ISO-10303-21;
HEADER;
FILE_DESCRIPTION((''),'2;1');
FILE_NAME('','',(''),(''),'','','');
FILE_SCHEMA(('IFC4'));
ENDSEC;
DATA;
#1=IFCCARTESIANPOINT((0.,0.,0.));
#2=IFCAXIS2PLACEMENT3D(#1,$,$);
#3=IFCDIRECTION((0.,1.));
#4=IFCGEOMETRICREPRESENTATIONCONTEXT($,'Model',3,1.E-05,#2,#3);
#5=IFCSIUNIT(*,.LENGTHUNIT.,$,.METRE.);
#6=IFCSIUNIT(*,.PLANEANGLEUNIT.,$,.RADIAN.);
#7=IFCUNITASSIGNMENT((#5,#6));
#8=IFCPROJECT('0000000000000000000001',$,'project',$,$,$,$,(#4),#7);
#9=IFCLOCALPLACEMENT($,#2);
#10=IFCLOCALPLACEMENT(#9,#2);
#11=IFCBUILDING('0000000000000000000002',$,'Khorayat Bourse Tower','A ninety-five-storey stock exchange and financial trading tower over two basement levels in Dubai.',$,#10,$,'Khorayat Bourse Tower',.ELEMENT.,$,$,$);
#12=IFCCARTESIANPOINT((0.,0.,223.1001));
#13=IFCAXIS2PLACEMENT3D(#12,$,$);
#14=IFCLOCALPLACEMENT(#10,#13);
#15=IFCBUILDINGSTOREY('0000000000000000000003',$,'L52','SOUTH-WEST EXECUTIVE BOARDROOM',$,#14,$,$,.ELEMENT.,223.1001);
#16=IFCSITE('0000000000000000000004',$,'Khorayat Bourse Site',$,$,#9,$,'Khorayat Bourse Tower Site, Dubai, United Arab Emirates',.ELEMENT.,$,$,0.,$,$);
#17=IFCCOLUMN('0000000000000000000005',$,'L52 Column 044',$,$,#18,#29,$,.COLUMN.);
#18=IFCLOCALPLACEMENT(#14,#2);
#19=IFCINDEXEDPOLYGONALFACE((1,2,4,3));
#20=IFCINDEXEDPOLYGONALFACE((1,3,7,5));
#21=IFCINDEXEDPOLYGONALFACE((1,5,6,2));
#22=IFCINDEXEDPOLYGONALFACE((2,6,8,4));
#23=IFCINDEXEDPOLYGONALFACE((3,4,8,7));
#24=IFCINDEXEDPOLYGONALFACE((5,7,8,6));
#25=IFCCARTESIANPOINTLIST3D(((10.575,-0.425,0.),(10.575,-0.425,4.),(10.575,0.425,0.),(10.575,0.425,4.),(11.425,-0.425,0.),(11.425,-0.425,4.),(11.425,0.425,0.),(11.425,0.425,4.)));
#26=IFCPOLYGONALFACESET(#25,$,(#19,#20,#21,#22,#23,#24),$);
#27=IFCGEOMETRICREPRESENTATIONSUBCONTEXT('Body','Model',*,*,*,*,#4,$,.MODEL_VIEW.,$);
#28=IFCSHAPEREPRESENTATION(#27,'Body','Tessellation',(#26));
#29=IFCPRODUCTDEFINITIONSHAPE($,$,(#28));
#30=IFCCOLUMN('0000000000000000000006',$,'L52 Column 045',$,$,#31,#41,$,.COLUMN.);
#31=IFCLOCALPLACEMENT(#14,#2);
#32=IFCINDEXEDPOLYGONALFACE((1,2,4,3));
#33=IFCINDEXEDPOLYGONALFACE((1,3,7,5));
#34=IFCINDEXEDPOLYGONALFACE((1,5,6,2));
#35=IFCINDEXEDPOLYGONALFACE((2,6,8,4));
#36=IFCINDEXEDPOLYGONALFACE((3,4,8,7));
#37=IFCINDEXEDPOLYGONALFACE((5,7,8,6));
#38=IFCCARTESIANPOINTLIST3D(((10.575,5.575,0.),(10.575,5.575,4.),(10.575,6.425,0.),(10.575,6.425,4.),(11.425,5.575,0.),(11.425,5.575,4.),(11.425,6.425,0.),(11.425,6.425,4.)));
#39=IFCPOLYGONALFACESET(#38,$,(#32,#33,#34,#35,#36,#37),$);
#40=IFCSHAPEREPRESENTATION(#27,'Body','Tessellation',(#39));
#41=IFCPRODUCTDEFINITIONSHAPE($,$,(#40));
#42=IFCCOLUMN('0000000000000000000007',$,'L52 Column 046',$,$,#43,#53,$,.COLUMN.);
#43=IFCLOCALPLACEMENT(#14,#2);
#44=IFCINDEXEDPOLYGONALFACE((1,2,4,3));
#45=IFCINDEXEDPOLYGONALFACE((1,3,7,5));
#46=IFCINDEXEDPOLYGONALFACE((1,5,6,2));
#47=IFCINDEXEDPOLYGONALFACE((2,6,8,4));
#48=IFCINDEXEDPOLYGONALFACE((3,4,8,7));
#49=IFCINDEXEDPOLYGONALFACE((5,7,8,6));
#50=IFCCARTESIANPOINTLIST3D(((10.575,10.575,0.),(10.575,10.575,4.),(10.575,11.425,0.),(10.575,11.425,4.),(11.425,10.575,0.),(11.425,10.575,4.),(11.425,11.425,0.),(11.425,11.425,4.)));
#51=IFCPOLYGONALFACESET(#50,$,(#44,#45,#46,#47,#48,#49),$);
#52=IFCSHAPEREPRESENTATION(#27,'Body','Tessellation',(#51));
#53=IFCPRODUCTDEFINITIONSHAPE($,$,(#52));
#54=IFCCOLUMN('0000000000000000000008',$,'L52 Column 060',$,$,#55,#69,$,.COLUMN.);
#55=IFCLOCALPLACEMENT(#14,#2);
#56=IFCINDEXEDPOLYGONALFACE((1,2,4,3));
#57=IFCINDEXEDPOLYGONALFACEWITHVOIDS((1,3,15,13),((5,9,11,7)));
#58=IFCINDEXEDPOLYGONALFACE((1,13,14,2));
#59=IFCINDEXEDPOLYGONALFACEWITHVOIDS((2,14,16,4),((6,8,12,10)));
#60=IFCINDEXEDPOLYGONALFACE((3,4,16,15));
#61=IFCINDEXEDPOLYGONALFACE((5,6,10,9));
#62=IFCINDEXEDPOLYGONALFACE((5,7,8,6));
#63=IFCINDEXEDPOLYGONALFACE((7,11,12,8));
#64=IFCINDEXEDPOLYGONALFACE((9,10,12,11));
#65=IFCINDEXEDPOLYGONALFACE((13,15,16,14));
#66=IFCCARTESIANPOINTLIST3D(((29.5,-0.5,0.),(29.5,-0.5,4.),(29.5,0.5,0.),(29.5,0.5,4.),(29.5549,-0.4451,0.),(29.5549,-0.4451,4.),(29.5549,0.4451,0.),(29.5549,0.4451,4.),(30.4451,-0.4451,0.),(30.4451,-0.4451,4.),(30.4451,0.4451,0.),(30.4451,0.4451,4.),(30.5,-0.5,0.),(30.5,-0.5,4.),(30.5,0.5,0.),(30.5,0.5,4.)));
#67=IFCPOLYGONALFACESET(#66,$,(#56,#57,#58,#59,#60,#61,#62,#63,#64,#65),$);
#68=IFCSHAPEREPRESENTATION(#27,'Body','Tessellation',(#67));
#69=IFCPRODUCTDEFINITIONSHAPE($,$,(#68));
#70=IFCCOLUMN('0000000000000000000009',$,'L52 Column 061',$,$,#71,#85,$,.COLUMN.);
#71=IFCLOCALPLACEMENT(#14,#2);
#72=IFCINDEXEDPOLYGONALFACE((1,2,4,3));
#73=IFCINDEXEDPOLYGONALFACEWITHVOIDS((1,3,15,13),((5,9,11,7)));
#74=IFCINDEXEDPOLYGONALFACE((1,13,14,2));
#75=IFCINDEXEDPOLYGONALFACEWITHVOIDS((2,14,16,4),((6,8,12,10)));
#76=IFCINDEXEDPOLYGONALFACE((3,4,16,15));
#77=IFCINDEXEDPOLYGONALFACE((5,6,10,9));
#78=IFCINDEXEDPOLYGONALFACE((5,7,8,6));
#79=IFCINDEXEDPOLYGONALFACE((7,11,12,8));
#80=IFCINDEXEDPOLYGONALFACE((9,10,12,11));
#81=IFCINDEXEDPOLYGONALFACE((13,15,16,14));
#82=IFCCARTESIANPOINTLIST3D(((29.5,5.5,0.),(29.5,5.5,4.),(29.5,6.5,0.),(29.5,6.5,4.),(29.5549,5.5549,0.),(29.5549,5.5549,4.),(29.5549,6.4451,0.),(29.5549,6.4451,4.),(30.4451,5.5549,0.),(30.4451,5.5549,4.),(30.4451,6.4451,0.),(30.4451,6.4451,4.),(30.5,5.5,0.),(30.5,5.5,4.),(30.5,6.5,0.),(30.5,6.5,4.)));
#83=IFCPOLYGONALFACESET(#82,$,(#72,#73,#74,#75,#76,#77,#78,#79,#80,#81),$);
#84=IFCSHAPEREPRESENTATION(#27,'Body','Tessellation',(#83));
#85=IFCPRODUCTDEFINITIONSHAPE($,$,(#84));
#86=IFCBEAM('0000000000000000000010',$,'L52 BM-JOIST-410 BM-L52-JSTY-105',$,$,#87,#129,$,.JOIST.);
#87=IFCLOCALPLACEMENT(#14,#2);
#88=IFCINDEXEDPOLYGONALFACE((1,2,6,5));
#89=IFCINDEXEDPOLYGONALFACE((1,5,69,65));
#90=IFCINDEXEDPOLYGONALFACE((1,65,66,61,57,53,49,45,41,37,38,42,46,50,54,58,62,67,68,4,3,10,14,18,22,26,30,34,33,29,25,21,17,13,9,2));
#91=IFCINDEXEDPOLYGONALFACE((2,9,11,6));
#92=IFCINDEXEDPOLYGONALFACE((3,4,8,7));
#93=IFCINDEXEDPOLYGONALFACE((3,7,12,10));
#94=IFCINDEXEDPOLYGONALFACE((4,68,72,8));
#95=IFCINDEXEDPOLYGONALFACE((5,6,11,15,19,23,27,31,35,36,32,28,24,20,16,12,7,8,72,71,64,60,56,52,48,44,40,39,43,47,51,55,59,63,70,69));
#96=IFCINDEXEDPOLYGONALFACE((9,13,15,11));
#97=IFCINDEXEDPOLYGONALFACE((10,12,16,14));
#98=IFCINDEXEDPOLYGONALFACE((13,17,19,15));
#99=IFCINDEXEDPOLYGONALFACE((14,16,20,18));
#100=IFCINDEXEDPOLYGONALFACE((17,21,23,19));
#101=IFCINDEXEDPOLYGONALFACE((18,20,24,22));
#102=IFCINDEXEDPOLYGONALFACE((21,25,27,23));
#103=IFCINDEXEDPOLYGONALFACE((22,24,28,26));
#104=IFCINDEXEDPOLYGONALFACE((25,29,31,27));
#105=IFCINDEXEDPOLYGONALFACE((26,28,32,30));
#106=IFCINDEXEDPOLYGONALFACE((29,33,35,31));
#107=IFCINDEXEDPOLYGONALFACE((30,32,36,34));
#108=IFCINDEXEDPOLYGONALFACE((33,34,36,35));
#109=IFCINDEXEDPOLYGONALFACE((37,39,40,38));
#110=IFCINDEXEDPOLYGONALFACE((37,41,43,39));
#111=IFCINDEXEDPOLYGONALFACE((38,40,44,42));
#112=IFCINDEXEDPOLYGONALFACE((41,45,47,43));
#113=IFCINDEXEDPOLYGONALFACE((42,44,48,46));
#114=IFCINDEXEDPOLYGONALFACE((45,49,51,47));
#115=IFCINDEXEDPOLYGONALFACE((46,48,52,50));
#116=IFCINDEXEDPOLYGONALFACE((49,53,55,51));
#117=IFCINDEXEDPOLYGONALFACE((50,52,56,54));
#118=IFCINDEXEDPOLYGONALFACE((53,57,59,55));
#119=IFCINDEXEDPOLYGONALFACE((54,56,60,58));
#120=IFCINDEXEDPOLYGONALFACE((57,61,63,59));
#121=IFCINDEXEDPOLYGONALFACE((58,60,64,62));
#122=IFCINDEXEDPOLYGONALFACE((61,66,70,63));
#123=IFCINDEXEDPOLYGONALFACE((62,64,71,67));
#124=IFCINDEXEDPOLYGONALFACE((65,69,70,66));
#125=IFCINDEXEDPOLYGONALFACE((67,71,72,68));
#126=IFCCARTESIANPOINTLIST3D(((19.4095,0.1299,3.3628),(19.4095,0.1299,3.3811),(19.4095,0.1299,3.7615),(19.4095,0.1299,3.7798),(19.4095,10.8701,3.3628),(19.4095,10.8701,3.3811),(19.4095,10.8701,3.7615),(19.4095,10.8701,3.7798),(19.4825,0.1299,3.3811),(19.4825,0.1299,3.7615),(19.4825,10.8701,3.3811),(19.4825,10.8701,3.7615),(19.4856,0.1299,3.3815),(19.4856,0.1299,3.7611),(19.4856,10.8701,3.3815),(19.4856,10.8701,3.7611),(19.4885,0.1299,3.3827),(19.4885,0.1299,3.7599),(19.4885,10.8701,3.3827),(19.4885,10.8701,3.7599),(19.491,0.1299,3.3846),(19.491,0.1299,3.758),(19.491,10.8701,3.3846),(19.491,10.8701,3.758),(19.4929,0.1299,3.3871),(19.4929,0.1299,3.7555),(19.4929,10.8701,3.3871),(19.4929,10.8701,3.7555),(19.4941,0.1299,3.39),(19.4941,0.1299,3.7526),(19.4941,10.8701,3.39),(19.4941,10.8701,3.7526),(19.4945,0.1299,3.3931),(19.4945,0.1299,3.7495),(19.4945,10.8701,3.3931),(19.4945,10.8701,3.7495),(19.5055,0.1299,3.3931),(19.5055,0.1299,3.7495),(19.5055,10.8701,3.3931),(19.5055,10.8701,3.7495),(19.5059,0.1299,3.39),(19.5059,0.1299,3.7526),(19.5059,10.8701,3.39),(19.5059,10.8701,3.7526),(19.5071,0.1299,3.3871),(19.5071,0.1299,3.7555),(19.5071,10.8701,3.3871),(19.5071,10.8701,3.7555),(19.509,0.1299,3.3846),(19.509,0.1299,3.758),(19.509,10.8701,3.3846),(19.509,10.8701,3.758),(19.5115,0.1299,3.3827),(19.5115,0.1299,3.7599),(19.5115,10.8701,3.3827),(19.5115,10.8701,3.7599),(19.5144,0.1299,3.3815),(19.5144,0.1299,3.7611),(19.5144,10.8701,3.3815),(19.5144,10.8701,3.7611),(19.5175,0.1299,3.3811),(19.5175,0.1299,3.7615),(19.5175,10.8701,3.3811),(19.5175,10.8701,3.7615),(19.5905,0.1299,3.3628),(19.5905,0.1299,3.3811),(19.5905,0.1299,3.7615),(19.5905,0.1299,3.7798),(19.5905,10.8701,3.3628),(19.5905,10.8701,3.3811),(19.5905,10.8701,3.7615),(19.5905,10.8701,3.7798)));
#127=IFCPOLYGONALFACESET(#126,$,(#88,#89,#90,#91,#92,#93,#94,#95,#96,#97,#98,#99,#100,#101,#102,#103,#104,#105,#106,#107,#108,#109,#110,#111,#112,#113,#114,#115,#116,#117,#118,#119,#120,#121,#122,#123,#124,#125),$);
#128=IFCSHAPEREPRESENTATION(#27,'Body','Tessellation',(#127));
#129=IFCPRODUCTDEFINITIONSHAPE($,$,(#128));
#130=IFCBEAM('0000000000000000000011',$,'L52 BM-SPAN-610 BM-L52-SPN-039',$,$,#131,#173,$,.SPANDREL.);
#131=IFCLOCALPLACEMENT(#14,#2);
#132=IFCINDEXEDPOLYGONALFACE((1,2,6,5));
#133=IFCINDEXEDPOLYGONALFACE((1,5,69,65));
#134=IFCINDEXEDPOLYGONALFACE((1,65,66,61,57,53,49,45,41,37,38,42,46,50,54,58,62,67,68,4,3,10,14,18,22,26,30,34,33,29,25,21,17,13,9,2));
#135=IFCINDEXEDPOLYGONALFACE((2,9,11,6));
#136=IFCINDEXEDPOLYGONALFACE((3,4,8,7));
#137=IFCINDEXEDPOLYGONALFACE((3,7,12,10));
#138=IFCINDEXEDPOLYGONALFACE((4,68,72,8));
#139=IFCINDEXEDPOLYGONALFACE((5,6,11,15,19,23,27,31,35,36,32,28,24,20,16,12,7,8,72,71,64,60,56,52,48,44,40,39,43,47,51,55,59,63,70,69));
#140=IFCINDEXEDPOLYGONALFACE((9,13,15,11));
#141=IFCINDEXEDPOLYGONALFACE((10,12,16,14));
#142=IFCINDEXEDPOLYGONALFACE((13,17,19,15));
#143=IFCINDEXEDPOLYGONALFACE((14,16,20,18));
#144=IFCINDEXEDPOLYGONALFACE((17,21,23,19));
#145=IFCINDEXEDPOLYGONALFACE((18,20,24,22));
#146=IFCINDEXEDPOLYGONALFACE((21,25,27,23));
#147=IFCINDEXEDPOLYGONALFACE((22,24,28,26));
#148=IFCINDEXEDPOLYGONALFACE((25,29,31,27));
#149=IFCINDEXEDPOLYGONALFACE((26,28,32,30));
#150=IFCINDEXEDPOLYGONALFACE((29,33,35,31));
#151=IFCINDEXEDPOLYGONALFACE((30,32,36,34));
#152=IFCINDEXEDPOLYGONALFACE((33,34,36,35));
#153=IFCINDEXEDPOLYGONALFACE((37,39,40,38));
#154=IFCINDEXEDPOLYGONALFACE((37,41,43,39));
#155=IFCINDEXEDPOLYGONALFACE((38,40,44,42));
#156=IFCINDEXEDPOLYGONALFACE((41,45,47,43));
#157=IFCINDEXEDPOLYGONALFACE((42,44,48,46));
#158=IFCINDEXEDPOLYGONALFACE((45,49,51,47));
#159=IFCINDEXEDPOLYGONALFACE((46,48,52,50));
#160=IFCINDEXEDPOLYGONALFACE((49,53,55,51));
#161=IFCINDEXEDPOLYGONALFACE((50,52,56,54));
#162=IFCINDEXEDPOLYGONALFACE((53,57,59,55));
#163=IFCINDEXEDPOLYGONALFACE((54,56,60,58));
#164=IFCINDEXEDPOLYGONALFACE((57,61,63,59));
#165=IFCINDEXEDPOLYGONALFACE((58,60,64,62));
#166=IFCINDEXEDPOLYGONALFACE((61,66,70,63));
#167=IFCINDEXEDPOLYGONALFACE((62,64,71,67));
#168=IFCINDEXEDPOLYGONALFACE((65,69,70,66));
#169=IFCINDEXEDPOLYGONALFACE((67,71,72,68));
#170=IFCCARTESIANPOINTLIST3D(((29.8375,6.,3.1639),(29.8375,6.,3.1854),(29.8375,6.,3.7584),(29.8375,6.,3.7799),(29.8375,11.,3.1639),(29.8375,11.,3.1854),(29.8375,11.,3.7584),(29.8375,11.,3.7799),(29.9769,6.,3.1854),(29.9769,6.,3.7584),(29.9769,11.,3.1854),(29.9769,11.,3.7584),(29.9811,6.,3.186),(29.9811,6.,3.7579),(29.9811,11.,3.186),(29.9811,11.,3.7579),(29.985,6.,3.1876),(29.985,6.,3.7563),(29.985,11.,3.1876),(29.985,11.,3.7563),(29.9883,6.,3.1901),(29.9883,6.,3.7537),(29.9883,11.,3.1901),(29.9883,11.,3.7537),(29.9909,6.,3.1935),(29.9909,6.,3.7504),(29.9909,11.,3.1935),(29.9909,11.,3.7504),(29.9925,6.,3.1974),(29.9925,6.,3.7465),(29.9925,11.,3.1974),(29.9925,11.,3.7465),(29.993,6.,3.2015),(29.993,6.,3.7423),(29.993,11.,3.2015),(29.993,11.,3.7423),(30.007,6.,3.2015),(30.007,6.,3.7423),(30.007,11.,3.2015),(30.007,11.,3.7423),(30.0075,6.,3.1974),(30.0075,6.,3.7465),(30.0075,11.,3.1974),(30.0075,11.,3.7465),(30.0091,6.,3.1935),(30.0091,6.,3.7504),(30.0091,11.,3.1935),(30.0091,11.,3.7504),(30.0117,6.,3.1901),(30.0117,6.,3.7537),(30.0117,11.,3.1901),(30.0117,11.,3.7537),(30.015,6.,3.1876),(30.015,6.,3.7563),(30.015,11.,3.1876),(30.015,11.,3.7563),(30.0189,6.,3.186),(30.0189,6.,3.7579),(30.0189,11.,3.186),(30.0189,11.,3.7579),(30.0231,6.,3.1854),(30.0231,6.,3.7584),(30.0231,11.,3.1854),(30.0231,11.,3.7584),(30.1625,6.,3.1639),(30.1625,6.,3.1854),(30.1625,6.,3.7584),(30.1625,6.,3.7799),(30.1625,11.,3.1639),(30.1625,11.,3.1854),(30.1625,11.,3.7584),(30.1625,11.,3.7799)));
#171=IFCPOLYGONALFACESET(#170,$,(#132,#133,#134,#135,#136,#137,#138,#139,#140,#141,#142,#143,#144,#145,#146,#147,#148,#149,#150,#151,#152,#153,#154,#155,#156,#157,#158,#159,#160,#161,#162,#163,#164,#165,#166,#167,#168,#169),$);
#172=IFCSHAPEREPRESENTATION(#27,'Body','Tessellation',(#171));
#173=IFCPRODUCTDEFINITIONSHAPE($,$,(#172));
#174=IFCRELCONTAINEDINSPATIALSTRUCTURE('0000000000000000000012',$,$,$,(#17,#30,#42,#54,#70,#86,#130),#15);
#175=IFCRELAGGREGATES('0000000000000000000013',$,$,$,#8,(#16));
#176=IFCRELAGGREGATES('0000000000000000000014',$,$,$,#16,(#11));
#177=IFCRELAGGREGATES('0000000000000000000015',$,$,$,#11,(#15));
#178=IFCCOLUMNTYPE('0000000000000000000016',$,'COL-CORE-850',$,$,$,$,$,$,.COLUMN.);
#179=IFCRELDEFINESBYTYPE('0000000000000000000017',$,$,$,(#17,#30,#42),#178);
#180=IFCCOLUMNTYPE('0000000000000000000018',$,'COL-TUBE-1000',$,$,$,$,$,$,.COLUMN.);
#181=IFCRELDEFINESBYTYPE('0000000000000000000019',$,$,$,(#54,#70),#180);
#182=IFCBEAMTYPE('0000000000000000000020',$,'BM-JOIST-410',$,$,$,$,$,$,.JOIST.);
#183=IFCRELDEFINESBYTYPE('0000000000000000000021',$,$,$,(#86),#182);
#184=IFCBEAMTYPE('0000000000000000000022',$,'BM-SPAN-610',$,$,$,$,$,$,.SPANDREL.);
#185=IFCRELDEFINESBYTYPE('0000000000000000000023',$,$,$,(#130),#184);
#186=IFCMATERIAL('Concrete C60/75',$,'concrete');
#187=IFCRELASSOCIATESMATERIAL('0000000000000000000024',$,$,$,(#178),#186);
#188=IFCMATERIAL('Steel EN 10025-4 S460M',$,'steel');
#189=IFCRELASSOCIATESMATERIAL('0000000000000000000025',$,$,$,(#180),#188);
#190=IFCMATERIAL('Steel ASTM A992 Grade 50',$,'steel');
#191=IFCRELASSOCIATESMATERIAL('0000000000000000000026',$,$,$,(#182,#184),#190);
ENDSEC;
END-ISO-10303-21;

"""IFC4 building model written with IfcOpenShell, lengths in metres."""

from ifc_helpers import new_model, si_unit, direction, frame, origin, origin_2d, place, context, subcontext, project, spatial, rectangle, hollow_rectangle, i_section, extrude, source, transform, mapped, material, material_profile, profile_set, type_object, element, save


model = new_model("IFC4")

# Units and contexts
model_context = context("Model", 3, precision=1e-05, world=origin(), true_north=direction((0.0, 1.0)))
body_context = subcontext(model_context, "Body", "Model", "MODEL_VIEW")
ifc_project = project(units=[si_unit("LENGTHUNIT", "METRE"), si_unit("PLANEANGLEUNIT", "RADIAN")], contexts=[model_context])

# Site, building, storey
site_placement = place(None, origin())
site = spatial("IfcSite", under=ifc_project, at=site_placement, Name="Khorayat Bourse Site", LongName="Khorayat Bourse Tower Site, Dubai, United Arab Emirates", CompositionType="ELEMENT", RefElevation=0.0)
building_placement = place(site_placement, origin())
building = spatial("IfcBuilding", under=site, at=building_placement, Name="Khorayat Bourse Tower", Description="A ninety-five-storey stock exchange and financial trading tower over two basement levels in Dubai.", LongName="Khorayat Bourse Tower", CompositionType="ELEMENT")
storey_placement = place(building_placement, frame((0.0, 0.0, 223.1001)))
storey = spatial("IfcBuildingStorey", under=building, at=storey_placement, Name="L52", Description="SOUTH-WEST EXECUTIVE BOARDROOM", CompositionType="ELEMENT", Elevation=223.1001)

# Columns
ifc_material_1 = material(Name="Concrete C60/75", Category="concrete")
ifc_material_profile_1 = material_profile(ifc_material_1, rectangle(XDim=0.8501, YDim=0.8501, at=origin_2d()), Name="RC 850x850")
ifc_profile_set_1 = profile_set([ifc_material_profile_1], Name="Concrete C60/75")
column_type_1 = type_object("IfcColumnType", Name="COL-CORE-850", PredefinedType="COLUMN", material=ifc_profile_set_1)
shared_shape_1 = source(origin(), body_context, "Body", "SweptSolid", [
    extrude(rectangle(XDim=0.8501, YDim=0.8501, at=origin_2d()), origin(), (0.0, 0.0, 1.0), 4.0),
])
for number, where, z_axis, x_axis, name in (
    (1, (11.0, 0.0, 0.0), (0.0, 0.0, 1.0), (1.0, 0.0, 0.0), "L52 Column 044"),
    (2, (11.0, 6.0, 0.0), (0.0, 0.0, 1.0), (1.0, 0.0, 0.0), "L52 Column 045"),
    (3, (11.0, 11.0, 0.0), (0.0, 0.0, 1.0), (1.0, 0.0, 0.0), "L52 Column 046"),
):
    element("IfcColumn", number, at=place(storey_placement, frame(where, z_axis=z_axis, x_axis=x_axis)), inside=storey, type_object=column_type_1, Name=name, PredefinedType="COLUMN", context=body_context, shape_type="MappedRepresentation", body=[
        mapped(shared_shape_1, transform((0.0, 0.0, 0.0), scale=1.0)),
    ])
ifc_material_2 = material(Name="Steel EN 10025-4 S460M", Category="steel")
ifc_material_profile_2 = material_profile(ifc_material_2, hollow_rectangle(XDim=1.0, YDim=1.0, WallThickness=0.0549, at=origin_2d()), Name="BOX 1000x1000x55")
ifc_profile_set_2 = profile_set([ifc_material_profile_2], Name="Steel EN 10025-4 S460M")
column_type_2 = type_object("IfcColumnType", Name="COL-TUBE-1000", PredefinedType="COLUMN", material=ifc_profile_set_2)
shared_shape_2 = source(origin(), body_context, "Body", "SweptSolid", [
    extrude(hollow_rectangle(XDim=1.0, YDim=1.0, WallThickness=0.0549, at=origin_2d()), origin(), (0.0, 0.0, 1.0), 4.0),
])
for number, where, z_axis, x_axis, name in (
    (4, (30.0, 0.0, 0.0), (0.0, 0.0, 1.0), (1.0, 0.0, 0.0), "L52 Column 060"),
    (5, (30.0, 6.0, 0.0), (0.0, 0.0, 1.0), (1.0, 0.0, 0.0), "L52 Column 061"),
):
    element("IfcColumn", number, at=place(storey_placement, frame(where, z_axis=z_axis, x_axis=x_axis)), inside=storey, type_object=column_type_2, Name=name, PredefinedType="COLUMN", context=body_context, shape_type="MappedRepresentation", body=[
        mapped(shared_shape_2, transform((0.0, 0.0, 0.0), scale=1.0)),
    ])

# Beams
ifc_material_3 = material(Name="Steel ASTM A992 Grade 50", Category="steel")
ifc_material_profile_3 = material_profile(ifc_material_3, i_section(OverallWidth=0.1809, OverallDepth=0.417, WebThickness=0.011, FlangeThickness=0.0183, FilletRadius=0.012, at=origin_2d()), Name="W410X85")
ifc_profile_set_3 = profile_set([ifc_material_profile_3], Name="Steel ASTM A992 Grade 50")
beam_type_1 = type_object("IfcBeamType", Name="BM-JOIST-410", PredefinedType="JOIST", material=ifc_profile_set_3)
shared_shape_3 = source(origin(), body_context, "Body", "SweptSolid", [
    extrude(i_section(OverallWidth=0.1809, OverallDepth=0.417, WebThickness=0.011, FlangeThickness=0.0183, FilletRadius=0.012, at=origin_2d()), origin(), (0.0, 0.0, 1.0), 10.7402),
])
beam_1_placement = place(storey_placement, frame((19.5, 0.1299, 3.5713), z_axis=(0.0, 1.0, 0.0), x_axis=(-1.0, 0.0, 0.0)))
element("IfcBeam", 6, at=beam_1_placement, inside=storey, type_object=beam_type_1, Name="L52 BM-JOIST-410 BM-L52-JSTY-105", PredefinedType="JOIST", context=body_context, shape_type="MappedRepresentation", body=[
    mapped(shared_shape_3, transform((0.0, 0.0, 0.0), scale=1.0)),
])
ifc_material_profile_4 = material_profile(ifc_material_3, i_section(OverallWidth=0.325, OverallDepth=0.616, WebThickness=0.0139, FlangeThickness=0.0215, FilletRadius=0.0161, at=origin_2d()), Name="W610X174")
ifc_profile_set_4 = profile_set([ifc_material_profile_4], Name="Steel ASTM A992 Grade 50")
beam_type_2 = type_object("IfcBeamType", Name="BM-SPAN-610", PredefinedType="SPANDREL", material=ifc_profile_set_4)
shared_shape_4 = source(origin(), body_context, "Body", "SweptSolid", [
    extrude(i_section(OverallWidth=0.325, OverallDepth=0.616, WebThickness=0.0139, FlangeThickness=0.0215, FilletRadius=0.0161, at=origin_2d()), origin(), (0.0, 0.0, 1.0), 5.0),
])
beam_2_placement = place(storey_placement, frame((30.0, 6.0, 3.4719), z_axis=(0.0, 1.0, 0.0), x_axis=(-1.0, 0.0, 0.0)))
element("IfcBeam", 7, at=beam_2_placement, inside=storey, type_object=beam_type_2, Name="L52 BM-SPAN-610 BM-L52-SPN-039", PredefinedType="SPANDREL", context=body_context, shape_type="MappedRepresentation", body=[
    mapped(shared_shape_4, transform((0.0, 0.0, 0.0), scale=1.0)),
])

save(model, "model.ifc")
